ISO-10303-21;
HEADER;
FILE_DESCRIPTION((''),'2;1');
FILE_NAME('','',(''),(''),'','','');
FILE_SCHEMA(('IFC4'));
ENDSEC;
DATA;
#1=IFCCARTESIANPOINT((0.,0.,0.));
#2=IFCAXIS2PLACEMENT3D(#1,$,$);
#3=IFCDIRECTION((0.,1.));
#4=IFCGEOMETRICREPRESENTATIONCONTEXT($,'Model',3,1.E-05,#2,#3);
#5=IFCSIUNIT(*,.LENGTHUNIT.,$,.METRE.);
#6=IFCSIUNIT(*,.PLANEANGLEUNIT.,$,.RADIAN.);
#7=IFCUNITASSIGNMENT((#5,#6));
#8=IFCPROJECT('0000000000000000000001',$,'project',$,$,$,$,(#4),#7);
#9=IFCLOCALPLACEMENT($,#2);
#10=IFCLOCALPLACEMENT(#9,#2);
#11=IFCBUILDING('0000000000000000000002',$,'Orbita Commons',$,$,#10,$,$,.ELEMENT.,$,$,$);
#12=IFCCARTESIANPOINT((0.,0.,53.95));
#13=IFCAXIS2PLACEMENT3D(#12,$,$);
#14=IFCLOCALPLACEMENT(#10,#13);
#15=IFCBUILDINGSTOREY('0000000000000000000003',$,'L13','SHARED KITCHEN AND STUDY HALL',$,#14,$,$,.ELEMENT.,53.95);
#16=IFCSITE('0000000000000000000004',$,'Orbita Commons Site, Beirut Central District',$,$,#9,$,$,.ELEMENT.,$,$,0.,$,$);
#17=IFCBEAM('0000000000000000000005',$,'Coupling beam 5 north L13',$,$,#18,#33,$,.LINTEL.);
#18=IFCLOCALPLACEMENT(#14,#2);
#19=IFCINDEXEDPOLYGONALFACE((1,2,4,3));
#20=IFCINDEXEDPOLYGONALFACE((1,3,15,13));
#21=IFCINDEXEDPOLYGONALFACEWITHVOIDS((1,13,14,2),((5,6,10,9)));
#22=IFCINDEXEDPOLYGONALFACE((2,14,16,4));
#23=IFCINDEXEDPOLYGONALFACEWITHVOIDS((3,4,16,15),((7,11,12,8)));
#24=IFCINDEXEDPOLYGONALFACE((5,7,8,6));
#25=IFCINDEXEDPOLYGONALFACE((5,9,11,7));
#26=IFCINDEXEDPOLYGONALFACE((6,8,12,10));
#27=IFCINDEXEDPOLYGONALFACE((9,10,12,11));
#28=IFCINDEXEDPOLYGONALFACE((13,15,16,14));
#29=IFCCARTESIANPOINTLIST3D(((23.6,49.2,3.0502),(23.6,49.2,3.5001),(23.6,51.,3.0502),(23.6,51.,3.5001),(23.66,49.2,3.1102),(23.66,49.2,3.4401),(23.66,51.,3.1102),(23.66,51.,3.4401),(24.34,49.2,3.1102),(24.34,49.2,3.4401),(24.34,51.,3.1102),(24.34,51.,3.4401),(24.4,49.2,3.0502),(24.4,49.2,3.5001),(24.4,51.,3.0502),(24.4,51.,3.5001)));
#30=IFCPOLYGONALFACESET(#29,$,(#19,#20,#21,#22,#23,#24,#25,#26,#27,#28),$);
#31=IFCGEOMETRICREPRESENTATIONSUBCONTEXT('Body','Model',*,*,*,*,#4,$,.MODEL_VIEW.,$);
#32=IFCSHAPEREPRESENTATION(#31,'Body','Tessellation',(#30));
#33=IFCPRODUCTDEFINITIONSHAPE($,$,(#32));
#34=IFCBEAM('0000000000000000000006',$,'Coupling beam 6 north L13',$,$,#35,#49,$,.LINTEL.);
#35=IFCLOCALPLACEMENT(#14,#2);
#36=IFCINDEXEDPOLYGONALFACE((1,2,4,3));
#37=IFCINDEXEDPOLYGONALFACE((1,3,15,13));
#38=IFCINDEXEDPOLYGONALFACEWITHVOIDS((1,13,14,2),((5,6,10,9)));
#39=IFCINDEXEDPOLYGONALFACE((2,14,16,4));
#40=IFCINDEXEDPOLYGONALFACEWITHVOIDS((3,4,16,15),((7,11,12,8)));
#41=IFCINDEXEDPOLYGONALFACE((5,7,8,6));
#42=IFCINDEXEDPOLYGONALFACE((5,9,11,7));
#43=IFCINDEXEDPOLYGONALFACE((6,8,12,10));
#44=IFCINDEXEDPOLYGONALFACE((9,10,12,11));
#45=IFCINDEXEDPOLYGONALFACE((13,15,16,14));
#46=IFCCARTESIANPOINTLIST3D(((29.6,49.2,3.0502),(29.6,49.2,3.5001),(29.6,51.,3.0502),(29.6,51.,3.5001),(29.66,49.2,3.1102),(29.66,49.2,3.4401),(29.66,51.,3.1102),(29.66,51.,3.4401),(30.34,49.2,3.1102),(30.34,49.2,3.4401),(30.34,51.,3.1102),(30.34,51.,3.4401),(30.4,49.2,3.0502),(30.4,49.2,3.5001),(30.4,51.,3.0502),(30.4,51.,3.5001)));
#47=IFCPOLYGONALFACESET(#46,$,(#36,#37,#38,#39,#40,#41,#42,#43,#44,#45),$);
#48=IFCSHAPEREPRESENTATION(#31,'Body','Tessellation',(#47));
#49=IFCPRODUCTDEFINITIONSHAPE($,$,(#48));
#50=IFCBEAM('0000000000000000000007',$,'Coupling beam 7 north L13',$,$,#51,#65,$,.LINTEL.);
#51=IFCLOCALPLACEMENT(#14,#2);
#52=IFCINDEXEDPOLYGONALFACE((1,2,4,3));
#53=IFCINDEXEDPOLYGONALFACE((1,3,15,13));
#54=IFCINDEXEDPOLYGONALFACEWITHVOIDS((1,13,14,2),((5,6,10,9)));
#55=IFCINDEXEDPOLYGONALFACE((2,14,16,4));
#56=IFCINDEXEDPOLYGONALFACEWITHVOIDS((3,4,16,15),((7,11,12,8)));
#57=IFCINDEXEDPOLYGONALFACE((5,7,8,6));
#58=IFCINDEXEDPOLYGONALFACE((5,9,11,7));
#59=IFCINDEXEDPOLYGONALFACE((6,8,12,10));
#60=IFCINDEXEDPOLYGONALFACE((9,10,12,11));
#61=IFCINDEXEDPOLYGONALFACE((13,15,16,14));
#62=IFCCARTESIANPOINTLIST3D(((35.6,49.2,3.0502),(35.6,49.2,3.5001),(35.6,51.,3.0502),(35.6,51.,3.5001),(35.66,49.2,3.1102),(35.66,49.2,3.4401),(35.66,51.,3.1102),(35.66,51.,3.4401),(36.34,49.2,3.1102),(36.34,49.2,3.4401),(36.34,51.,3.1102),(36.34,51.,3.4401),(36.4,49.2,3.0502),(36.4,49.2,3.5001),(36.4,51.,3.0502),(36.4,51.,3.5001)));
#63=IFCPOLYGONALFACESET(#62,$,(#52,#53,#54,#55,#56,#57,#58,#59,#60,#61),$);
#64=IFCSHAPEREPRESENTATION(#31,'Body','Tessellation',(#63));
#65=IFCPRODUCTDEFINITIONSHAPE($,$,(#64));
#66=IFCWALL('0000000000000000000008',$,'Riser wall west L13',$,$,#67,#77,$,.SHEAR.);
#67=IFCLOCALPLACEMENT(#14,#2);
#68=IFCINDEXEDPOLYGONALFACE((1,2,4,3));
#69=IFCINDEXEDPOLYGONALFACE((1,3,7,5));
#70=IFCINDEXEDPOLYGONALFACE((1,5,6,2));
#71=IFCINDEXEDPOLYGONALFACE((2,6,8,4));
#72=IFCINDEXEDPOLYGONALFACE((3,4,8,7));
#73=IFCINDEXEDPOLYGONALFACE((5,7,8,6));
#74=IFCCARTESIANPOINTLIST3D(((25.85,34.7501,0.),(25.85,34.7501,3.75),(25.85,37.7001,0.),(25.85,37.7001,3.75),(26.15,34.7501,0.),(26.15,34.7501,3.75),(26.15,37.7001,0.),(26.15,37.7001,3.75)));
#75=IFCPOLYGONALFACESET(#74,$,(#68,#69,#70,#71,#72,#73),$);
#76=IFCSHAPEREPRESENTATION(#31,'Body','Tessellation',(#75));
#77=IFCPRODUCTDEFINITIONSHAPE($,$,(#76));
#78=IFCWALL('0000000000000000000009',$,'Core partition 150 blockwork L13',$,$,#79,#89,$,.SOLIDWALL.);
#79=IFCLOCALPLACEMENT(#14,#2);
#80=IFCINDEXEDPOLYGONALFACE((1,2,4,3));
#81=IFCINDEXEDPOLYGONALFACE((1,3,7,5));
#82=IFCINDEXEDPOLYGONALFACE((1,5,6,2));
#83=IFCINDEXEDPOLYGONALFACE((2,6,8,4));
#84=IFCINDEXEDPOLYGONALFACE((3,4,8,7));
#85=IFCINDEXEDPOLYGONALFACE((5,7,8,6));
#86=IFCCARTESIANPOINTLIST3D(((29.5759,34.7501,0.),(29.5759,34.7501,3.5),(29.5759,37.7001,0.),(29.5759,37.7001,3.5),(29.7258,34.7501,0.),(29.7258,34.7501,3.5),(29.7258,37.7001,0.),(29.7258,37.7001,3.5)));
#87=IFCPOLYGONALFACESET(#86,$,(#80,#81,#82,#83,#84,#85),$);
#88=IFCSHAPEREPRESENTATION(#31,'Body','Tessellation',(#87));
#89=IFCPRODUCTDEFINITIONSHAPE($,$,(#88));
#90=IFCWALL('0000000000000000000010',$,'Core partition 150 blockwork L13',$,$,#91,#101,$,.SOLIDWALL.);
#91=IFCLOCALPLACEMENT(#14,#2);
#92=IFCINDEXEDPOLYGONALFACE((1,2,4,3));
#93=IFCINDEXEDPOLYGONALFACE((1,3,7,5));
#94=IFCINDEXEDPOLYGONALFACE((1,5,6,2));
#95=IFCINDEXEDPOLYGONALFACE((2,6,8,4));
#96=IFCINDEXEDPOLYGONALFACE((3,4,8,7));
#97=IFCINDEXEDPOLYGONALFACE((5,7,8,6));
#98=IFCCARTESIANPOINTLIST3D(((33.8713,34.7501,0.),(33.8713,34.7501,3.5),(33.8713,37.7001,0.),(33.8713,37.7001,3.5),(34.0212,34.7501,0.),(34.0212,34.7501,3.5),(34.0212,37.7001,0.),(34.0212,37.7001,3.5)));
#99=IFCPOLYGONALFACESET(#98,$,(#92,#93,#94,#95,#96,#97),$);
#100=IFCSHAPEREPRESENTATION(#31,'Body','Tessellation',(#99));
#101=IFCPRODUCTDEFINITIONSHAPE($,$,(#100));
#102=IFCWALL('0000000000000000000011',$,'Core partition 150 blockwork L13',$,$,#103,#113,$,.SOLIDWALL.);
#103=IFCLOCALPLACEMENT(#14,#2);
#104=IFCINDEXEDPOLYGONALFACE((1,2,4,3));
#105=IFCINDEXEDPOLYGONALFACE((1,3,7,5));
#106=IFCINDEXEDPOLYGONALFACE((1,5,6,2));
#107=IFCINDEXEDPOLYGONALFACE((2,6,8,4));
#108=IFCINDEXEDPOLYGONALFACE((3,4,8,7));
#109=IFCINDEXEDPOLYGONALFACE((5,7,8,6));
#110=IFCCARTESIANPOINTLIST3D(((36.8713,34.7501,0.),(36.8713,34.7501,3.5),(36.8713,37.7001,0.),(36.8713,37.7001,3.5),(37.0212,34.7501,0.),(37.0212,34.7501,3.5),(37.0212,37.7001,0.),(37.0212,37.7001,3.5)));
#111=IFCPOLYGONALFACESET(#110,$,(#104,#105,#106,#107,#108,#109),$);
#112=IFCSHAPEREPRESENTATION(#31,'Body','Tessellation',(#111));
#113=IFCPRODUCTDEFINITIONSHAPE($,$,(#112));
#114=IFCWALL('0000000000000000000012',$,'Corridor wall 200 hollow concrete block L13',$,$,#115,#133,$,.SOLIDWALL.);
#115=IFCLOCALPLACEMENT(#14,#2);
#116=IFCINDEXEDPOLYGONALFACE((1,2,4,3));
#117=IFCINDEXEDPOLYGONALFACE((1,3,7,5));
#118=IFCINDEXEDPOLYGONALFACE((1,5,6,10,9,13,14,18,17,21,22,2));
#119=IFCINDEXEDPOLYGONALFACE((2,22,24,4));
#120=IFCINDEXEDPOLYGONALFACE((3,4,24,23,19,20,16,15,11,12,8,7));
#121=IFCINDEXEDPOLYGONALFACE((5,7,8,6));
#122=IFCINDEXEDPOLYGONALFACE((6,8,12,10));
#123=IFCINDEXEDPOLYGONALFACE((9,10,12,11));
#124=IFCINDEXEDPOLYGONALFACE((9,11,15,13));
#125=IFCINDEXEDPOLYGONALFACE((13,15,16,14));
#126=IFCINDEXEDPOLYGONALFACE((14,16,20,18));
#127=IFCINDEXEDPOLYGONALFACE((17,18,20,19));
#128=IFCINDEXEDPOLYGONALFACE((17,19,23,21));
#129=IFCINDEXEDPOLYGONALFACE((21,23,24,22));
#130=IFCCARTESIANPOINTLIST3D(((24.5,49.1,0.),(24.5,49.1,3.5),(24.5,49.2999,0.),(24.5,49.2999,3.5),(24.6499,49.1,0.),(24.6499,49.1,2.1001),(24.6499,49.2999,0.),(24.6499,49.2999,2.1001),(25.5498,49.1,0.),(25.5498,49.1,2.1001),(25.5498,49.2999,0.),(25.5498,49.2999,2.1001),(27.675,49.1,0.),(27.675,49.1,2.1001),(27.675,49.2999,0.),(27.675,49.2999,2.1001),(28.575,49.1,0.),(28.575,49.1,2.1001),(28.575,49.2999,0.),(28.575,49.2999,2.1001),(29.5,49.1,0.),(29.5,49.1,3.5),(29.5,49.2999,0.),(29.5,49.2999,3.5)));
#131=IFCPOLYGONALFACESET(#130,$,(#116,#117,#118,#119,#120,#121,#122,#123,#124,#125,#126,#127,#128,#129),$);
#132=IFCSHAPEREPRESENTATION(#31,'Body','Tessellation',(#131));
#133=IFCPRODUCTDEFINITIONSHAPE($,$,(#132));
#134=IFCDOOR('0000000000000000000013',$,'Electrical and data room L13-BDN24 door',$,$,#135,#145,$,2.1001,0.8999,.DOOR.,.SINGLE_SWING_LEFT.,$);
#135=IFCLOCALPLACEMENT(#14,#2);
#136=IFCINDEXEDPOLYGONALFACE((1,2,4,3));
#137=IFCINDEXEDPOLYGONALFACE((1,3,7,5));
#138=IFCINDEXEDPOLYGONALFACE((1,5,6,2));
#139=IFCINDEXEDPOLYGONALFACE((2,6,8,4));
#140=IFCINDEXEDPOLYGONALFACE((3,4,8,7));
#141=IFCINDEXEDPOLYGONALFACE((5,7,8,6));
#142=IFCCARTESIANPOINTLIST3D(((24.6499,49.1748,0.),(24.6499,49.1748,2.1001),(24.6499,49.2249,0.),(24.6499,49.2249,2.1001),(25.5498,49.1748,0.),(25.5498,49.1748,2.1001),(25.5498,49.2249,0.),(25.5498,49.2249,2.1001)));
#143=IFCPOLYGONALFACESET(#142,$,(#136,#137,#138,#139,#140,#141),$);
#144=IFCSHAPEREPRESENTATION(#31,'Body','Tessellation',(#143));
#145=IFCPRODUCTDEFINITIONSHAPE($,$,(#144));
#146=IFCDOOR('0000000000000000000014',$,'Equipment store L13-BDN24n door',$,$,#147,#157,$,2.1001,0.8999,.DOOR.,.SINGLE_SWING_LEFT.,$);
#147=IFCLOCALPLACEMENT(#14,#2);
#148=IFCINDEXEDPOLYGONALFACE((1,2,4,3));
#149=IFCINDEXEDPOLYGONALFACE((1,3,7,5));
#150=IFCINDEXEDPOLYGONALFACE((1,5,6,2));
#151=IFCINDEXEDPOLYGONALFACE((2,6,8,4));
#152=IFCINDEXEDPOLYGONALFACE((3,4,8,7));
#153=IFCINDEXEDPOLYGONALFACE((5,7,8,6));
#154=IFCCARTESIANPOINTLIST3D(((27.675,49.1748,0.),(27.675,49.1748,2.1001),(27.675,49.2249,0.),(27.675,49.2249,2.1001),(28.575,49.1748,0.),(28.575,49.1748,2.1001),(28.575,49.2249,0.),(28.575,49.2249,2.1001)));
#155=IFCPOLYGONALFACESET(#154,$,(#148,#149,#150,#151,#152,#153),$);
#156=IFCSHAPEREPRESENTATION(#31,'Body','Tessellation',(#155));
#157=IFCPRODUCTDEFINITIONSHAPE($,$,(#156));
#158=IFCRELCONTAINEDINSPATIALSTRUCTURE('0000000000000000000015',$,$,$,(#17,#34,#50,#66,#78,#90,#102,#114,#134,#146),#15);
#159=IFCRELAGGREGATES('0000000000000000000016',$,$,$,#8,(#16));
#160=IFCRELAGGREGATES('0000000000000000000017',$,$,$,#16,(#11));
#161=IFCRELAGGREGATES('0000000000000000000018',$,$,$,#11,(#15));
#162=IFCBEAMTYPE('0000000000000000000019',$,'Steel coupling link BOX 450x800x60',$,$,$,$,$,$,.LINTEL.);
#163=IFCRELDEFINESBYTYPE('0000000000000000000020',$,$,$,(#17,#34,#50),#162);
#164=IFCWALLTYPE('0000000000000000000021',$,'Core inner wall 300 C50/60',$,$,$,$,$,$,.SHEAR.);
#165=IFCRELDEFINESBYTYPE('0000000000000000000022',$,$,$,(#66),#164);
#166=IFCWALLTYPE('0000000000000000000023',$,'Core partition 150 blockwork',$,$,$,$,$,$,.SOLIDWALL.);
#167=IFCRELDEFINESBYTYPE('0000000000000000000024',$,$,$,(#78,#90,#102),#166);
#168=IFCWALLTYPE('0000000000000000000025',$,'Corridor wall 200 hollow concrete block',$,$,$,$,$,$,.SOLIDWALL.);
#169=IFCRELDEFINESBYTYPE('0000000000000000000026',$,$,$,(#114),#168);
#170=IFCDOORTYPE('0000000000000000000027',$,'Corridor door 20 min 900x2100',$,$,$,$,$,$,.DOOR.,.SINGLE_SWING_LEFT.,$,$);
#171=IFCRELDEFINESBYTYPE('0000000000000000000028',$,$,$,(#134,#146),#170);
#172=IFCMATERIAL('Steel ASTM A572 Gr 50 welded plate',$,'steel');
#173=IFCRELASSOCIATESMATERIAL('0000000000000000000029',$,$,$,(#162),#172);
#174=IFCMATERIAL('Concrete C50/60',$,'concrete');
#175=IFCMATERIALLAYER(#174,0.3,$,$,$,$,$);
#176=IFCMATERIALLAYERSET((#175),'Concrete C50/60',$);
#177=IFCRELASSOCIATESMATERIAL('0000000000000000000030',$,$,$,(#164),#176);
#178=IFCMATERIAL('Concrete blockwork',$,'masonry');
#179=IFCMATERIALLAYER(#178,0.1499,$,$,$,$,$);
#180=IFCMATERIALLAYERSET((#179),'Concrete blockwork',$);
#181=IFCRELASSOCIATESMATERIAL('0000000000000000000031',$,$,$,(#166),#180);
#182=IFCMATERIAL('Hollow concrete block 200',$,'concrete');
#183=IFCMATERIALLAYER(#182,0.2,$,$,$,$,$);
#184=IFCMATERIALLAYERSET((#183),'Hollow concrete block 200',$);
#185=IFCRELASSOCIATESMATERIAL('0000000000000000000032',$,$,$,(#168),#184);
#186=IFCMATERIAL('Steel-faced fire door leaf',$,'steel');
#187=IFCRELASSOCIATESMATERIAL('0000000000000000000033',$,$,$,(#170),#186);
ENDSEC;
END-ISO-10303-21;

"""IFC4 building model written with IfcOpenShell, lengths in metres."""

from ifc_helpers import new_model, si_unit, direction, frame, frame_2d, origin, origin_2d, place, context, subcontext, project, spatial, rectangle, hollow_rectangle, extrude, material, layer, layer_set, material_profile, profile_set, type_object, element, fill, save


model = new_model("IFC4")

# Units and contexts
model_context = context("Model", 3, precision=1e-05, world=origin(), true_north=direction((0.0, 1.0)))
body_context = subcontext(model_context, "Body", "Model", "MODEL_VIEW")
ifc_project = project(units=[si_unit("LENGTHUNIT", "METRE"), si_unit("PLANEANGLEUNIT", "RADIAN")], contexts=[model_context])

# Site, building, storey
site_placement = place(None, origin())
site = spatial("IfcSite", under=ifc_project, at=site_placement, Name="Orbita Commons Site, Beirut Central District", CompositionType="ELEMENT", RefElevation=0.0)
building_placement = place(site_placement, origin())
building = spatial("IfcBuilding", under=site, at=building_placement, Name="Orbita Commons", CompositionType="ELEMENT")
storey_placement = place(building_placement, frame((0.0, 0.0, 53.95)))
storey = spatial("IfcBuildingStorey", under=building, at=storey_placement, Name="L13", Description="SHARED KITCHEN AND STUDY HALL", CompositionType="ELEMENT", Elevation=53.95)

# Beams
ifc_material_1 = material(Name="Steel ASTM A572 Gr 50 welded plate", Category="steel")
ifc_material_profile = material_profile(ifc_material_1, hollow_rectangle(XDim=0.8, YDim=0.45, WallThickness=0.0601, at=origin_2d()), Name="BOX 450x800x60")
ifc_profile_set = profile_set([ifc_material_profile], Name="Steel ASTM A572 Gr 50 welded plate")
beam_type = type_object("IfcBeamType", Name="Steel coupling link BOX 450x800x60", PredefinedType="LINTEL", material=ifc_profile_set)
for number, where, z_axis, x_axis, name in (
    (1, (24.0, 49.2, 3.2751), (0.0, 1.0, 0.0), (-1.0, 0.0, 0.0), "Coupling beam 5 north L13"),
    (2, (30.0, 49.2, 3.2751), (0.0, 1.0, 0.0), (-1.0, 0.0, 0.0), "Coupling beam 6 north L13"),
    (3, (36.0, 49.2, 3.2751), (0.0, 1.0, 0.0), (-1.0, 0.0, 0.0), "Coupling beam 7 north L13"),
):
    element("IfcBeam", number, at=place(storey_placement, frame(where, z_axis=z_axis, x_axis=x_axis)), inside=storey, type_object=beam_type, Name=name, PredefinedType="LINTEL", context=body_context, shape_type="SweptSolid", body=[
        extrude(hollow_rectangle(XDim=0.8, YDim=0.45, WallThickness=0.0601, at=origin_2d()), origin(), (0.0, 0.0, 1.0), 1.8),
    ])

# Walls
ifc_material_2 = material(Name="Concrete C50/60", Category="concrete")
ifc_layer_1 = layer(ifc_material_2, 0.3)
ifc_layer_set_1 = layer_set([ifc_layer_1], Name="Concrete C50/60")
wall_type_1 = type_object("IfcWallType", Name="Core inner wall 300 C50/60", PredefinedType="SHEAR", material=ifc_layer_set_1)
wall_1_placement = place(storey_placement, frame((26.0, 34.75, 0.0), z_axis=(0.0, 0.0, 1.0), x_axis=(0.0, 1.0, 0.0)))
element("IfcWall", 4, at=wall_1_placement, inside=storey, type_object=wall_type_1, Name="Riser wall west L13", PredefinedType="SHEAR", context=body_context, shape_type="SweptSolid", body=[
    extrude(rectangle(XDim=2.95, YDim=0.3, at=frame_2d((1.4751, 0.0))), origin(), (0.0, 0.0, 1.0), 3.75),
])
ifc_material_3 = material(Name="Concrete blockwork", Category="masonry")
ifc_layer_2 = layer(ifc_material_3, 0.1499)
ifc_layer_set_2 = layer_set([ifc_layer_2], Name="Concrete blockwork")
wall_type_2 = type_object("IfcWallType", Name="Core partition 150 blockwork", PredefinedType="SOLIDWALL", material=ifc_layer_set_2)
for number, where, z_axis, x_axis, name in (
    (5, (29.6509, 34.75, 0.0), (0.0, 0.0, 1.0), (0.0, 1.0, 0.0), "Core partition 150 blockwork L13"),
    (6, (33.9463, 34.75, 0.0), (0.0, 0.0, 1.0), (0.0, 1.0, 0.0), "Core partition 150 blockwork L13"),
    (7, (36.9463, 34.75, 0.0), (0.0, 0.0, 1.0), (0.0, 1.0, 0.0), "Core partition 150 blockwork L13"),
):
    element("IfcWall", number, at=place(storey_placement, frame(where, z_axis=z_axis, x_axis=x_axis)), inside=storey, type_object=wall_type_2, Name=name, PredefinedType="SOLIDWALL", context=body_context, shape_type="SweptSolid", body=[
        extrude(rectangle(XDim=2.95, YDim=0.1499, at=frame_2d((1.4751, 0.0))), origin(), (0.0, 0.0, 1.0), 3.5),
    ])

# Wall, openings, doors
ifc_material_4 = material(Name="Hollow concrete block 200", Category="concrete")
ifc_layer_3 = layer(ifc_material_4, 0.2)
ifc_layer_set_3 = layer_set([ifc_layer_3], Name="Hollow concrete block 200")
wall_type_3 = type_object("IfcWallType", Name="Corridor wall 200 hollow concrete block", PredefinedType="SOLIDWALL", material=ifc_layer_set_3)
wall_2_placement = place(storey_placement, frame((24.5, 49.2, 0.0), z_axis=(0.0, 0.0, 1.0), x_axis=(1.0, 0.0, 0.0)))
wall_2 = element("IfcWall", 8, at=wall_2_placement, inside=storey, type_object=wall_type_3, Name="Corridor wall 200 hollow concrete block L13", PredefinedType="SOLIDWALL", context=body_context, shape_type="SweptSolid", body=[
    extrude(rectangle(XDim=5.0, YDim=0.2, at=frame_2d((2.5, 0.0))), origin(), (0.0, 0.0, 1.0), 3.5),
])
opening_1_placement = place(wall_2_placement, frame((0.1499, 0.0, 0.0)))
opening_1 = element("IfcOpeningElement", 9, at=opening_1_placement, cuts=wall_2, PredefinedType="OPENING", context=body_context, shape_type="SweptSolid", body=[
    extrude(rectangle(XDim=0.8999, YDim=2.1001, at=frame_2d((0.45, 1.05))), frame((0.0, 0.1099, 0.0), z_axis=(0.0, -1.0, 0.0), x_axis=(1.0, 0.0, 0.0)), (0.0, 0.0, 1.0), 0.22),
])
opening_2_placement = place(wall_2_placement, frame((3.175, 0.0, 0.0)))
opening_2 = element("IfcOpeningElement", 10, at=opening_2_placement, cuts=wall_2, PredefinedType="OPENING", context=body_context, shape_type="SweptSolid", body=[
    extrude(rectangle(XDim=0.8999, YDim=2.1001, at=frame_2d((0.45, 1.05))), frame((0.0, 0.1099, 0.0), z_axis=(0.0, -1.0, 0.0), x_axis=(1.0, 0.0, 0.0)), (0.0, 0.0, 1.0), 0.22),
])
ifc_material_5 = material(Name="Steel-faced fire door leaf", Category="steel")
door_type = type_object("IfcDoorType", Name="Corridor door 20 min 900x2100", OperationType="SINGLE_SWING_LEFT", PredefinedType="DOOR", material=ifc_material_5)
door_1_placement = place(opening_1_placement, origin())
door_1 = element("IfcDoor", 11, at=door_1_placement, inside=storey, type_object=door_type, Name="Electrical and data room L13-BDN24 door", OperationType="SINGLE_SWING_LEFT", OverallHeight=2.1001, OverallWidth=0.8999, PredefinedType="DOOR", context=body_context, shape_type="SweptSolid", body=[
    extrude(rectangle(XDim=0.8999, YDim=2.1001, at=frame_2d((0.45, 1.05))), frame((0.0, 0.0249, 0.0), z_axis=(0.0, -1.0, 0.0), x_axis=(1.0, 0.0, 0.0)), (0.0, 0.0, 1.0), 0.05),
])
fill(opening_1, door_1)
door_2_placement = place(opening_2_placement, origin())
door_2 = element("IfcDoor", 12, at=door_2_placement, inside=storey, type_object=door_type, Name="Equipment store L13-BDN24n door", OperationType="SINGLE_SWING_LEFT", OverallHeight=2.1001, OverallWidth=0.8999, PredefinedType="DOOR", context=body_context, shape_type="SweptSolid", body=[
    extrude(rectangle(XDim=0.8999, YDim=2.1001, at=frame_2d((0.45, 1.05))), frame((0.0, 0.0249, 0.0), z_axis=(0.0, -1.0, 0.0), x_axis=(1.0, 0.0, 0.0)), (0.0, 0.0, 1.0), 0.05),
])
fill(opening_2, door_2)

save(model, "model.ifc")
